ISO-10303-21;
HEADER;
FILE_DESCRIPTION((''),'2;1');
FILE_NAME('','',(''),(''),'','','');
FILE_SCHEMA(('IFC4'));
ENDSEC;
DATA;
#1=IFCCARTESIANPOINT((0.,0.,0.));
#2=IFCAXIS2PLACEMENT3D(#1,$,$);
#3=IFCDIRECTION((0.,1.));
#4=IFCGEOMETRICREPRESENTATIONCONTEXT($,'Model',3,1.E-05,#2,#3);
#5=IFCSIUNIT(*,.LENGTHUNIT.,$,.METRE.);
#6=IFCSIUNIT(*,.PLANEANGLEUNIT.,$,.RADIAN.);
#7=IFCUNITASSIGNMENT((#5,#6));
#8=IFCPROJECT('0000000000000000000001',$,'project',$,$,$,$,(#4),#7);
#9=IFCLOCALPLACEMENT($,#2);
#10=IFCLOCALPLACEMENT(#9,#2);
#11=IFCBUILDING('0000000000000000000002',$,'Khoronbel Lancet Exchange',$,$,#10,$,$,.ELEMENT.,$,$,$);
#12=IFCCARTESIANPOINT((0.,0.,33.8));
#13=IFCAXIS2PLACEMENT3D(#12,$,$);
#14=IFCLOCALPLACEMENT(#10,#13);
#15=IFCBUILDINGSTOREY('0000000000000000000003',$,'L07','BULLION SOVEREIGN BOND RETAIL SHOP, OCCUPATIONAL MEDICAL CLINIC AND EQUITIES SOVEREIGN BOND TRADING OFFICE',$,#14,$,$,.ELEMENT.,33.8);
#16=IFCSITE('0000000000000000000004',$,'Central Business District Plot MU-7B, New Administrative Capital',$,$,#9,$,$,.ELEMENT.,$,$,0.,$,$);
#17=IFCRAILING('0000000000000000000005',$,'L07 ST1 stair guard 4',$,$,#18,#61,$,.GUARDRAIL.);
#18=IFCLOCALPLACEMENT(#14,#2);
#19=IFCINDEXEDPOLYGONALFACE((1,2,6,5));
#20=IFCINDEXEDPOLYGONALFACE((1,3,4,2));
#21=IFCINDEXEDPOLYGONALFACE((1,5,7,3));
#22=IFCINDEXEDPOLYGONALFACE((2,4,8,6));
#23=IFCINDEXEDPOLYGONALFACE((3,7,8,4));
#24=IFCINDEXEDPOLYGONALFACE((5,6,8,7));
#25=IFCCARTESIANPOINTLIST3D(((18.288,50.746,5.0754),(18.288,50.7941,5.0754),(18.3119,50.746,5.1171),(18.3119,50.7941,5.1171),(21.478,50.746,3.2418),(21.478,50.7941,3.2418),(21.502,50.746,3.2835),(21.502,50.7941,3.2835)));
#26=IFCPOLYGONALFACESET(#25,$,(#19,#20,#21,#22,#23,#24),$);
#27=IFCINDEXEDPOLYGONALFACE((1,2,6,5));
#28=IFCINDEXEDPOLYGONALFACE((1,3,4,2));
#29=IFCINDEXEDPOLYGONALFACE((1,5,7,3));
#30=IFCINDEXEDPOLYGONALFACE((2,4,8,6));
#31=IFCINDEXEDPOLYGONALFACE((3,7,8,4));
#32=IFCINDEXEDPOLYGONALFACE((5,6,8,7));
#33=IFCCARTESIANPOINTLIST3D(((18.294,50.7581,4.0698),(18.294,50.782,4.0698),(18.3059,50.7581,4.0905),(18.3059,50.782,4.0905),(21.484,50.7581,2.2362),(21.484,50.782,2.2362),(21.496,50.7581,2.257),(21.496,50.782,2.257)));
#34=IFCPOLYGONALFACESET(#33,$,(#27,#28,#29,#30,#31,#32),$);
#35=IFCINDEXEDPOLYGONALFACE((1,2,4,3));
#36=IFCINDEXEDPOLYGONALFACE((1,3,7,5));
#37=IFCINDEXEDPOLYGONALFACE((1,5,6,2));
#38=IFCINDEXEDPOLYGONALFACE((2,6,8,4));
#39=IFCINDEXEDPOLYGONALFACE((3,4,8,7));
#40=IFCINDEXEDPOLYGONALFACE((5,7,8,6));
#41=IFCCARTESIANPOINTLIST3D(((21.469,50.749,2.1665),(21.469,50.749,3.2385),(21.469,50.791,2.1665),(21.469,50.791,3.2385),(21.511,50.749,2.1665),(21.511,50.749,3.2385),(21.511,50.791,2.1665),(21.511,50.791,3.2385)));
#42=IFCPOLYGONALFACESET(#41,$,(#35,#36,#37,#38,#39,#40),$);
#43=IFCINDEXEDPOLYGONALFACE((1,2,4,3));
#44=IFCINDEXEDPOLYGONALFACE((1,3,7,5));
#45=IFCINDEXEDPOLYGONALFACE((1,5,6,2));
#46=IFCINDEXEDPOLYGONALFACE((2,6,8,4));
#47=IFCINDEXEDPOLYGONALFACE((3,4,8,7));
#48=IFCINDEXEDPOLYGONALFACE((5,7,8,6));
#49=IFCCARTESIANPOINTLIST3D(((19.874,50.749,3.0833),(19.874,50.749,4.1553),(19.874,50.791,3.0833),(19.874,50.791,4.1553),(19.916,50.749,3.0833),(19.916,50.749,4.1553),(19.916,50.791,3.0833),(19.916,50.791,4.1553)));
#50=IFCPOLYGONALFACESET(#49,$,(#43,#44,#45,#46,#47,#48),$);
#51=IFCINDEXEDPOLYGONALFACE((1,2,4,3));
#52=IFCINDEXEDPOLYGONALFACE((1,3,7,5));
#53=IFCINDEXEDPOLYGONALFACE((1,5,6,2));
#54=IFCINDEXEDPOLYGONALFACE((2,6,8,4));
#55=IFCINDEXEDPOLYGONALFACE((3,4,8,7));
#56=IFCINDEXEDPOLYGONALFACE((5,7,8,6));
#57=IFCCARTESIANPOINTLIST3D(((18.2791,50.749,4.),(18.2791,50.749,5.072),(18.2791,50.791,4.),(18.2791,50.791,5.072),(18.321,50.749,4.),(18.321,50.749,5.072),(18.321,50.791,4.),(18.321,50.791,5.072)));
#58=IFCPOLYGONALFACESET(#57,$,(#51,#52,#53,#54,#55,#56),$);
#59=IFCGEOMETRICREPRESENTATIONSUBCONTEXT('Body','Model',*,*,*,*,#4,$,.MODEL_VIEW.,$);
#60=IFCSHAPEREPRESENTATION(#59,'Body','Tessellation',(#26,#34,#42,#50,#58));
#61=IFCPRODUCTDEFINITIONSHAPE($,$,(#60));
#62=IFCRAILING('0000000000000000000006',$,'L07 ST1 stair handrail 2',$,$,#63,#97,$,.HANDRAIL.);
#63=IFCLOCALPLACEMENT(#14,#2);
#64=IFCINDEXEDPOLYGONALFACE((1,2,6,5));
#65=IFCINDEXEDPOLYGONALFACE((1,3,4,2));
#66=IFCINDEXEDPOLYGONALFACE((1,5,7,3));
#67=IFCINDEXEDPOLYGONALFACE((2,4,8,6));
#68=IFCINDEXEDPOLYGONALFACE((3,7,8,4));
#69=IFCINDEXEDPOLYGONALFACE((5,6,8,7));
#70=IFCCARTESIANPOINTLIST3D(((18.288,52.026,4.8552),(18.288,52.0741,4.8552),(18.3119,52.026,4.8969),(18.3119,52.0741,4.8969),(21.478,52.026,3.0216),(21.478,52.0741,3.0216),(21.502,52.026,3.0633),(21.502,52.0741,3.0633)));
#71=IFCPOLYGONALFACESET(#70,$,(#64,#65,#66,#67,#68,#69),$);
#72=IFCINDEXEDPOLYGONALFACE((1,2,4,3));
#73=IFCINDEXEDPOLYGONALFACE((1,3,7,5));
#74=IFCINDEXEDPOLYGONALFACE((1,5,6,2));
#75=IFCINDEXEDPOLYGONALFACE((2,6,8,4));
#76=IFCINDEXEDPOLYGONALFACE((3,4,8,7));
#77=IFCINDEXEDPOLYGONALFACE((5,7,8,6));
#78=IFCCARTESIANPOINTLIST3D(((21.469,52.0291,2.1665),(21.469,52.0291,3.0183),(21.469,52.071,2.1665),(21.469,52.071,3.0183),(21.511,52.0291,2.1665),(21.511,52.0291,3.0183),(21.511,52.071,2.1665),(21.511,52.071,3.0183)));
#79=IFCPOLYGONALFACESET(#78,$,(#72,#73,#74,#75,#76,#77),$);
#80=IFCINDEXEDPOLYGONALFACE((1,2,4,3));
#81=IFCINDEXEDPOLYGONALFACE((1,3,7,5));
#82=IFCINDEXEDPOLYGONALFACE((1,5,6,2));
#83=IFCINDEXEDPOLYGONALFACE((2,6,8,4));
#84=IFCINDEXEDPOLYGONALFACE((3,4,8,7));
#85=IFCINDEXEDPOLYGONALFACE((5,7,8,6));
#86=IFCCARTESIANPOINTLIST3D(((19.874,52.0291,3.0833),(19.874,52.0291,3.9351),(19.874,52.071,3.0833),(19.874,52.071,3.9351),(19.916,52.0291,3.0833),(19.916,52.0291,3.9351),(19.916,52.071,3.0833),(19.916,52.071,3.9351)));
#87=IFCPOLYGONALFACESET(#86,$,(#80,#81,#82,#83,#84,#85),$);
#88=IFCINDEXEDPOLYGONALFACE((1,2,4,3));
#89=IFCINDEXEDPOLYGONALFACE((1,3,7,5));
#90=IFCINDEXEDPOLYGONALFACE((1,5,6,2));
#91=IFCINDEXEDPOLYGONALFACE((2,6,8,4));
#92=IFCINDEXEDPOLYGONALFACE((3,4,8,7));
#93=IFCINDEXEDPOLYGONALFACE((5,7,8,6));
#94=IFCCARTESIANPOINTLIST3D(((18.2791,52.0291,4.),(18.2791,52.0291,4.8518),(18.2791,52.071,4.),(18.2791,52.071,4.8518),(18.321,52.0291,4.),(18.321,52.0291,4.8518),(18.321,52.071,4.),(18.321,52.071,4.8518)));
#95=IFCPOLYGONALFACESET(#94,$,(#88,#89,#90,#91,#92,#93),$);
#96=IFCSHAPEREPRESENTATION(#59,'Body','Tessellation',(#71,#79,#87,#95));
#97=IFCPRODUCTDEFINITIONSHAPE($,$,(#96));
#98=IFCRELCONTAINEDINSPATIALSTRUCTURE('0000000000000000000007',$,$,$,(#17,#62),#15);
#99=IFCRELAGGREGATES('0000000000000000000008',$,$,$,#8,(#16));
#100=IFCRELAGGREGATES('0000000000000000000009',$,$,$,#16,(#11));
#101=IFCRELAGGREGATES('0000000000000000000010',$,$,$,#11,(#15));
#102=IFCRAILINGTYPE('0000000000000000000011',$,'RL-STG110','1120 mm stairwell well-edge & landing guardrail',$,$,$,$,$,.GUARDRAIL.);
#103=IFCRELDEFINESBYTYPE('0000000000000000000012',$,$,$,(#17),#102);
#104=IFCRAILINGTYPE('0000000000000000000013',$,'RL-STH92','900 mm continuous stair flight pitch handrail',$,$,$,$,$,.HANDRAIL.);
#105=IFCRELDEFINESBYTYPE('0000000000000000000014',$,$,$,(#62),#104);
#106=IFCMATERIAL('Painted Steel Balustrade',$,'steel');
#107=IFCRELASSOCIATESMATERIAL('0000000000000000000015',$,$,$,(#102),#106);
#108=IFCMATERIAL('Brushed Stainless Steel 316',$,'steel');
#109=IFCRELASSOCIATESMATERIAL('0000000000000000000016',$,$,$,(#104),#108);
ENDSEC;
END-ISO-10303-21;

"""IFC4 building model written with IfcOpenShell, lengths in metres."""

from ifc_helpers import new_model, si_unit, direction, frame, origin, origin_2d, place, context, subcontext, project, spatial, rectangle, extrude, material, type_object, element, save


model = new_model("IFC4")

# Units and contexts
model_context = context("Model", 3, precision=1e-05, world=origin(), true_north=direction((0.0, 1.0)))
body_context = subcontext(model_context, "Body", "Model", "MODEL_VIEW")
ifc_project = project(units=[si_unit("LENGTHUNIT", "METRE"), si_unit("PLANEANGLEUNIT", "RADIAN")], contexts=[model_context])

# Site, building, storey
site_placement = place(None, origin())
site = spatial("IfcSite", under=ifc_project, at=site_placement, Name="Central Business District Plot MU-7B, New Administrative Capital", CompositionType="ELEMENT", RefElevation=0.0)
building_placement = place(site_placement, origin())
building = spatial("IfcBuilding", under=site, at=building_placement, Name="Khoronbel Lancet Exchange", CompositionType="ELEMENT")
storey_placement = place(building_placement, frame((0.0, 0.0, 33.8)))
storey = spatial("IfcBuildingStorey", under=building, at=storey_placement, Name="L07", Description="BULLION SOVEREIGN BOND RETAIL SHOP, OCCUPATIONAL MEDICAL CLINIC AND EQUITIES SOVEREIGN BOND TRADING OFFICE", CompositionType="ELEMENT", Elevation=33.8)

# Railings
ifc_material_1 = material(Name="Painted Steel Balustrade", Category="steel")
railing_type_1 = type_object("IfcRailingType", Name="RL-STG110", Description="1120 mm stairwell well-edge & landing guardrail", PredefinedType="GUARDRAIL", material=ifc_material_1)
railing_1_placement = place(storey_placement, frame((21.49, 50.77, 2.1665)))
element("IfcRailing", 1, at=railing_1_placement, inside=storey, type_object=railing_type_1, Name="L07 ST1 stair guard 4", PredefinedType="GUARDRAIL", context=body_context, shape_type="SweptSolid", body=[
    extrude(rectangle(XDim=0.0481, YDim=0.0481, at=origin_2d()), frame((0.0, 0.0, 1.0962), z_axis=(-0.866991, 0.0, 0.498324), x_axis=(0.0, -1.0, 0.0)), (0.0, 0.0, 1.0), 3.6794),
    extrude(rectangle(XDim=0.0239, YDim=0.0239, at=origin_2d()), frame((0.0, 0.0, 0.0801), z_axis=(-0.866991, 0.0, 0.498324), x_axis=(0.0, -1.0, 0.0)), (0.0, 0.0, 1.0), 3.6794),
    extrude(rectangle(XDim=0.042, YDim=0.042, at=origin_2d()), origin(), (0.0, 0.0, 1.0), 1.072),
    extrude(rectangle(XDim=0.042, YDim=0.042, at=origin_2d()), frame((-1.595, 0.0, 0.9167)), (0.0, 0.0, 1.0), 1.072),
    extrude(rectangle(XDim=0.042, YDim=0.042, at=origin_2d()), frame((-3.1899, 0.0, 1.8335)), (0.0, 0.0, 1.0), 1.072),
])
ifc_material_2 = material(Name="Brushed Stainless Steel 316", Category="steel")
railing_type_2 = type_object("IfcRailingType", Name="RL-STH92", Description="900 mm continuous stair flight pitch handrail", PredefinedType="HANDRAIL", material=ifc_material_2)
railing_2_placement = place(storey_placement, frame((21.49, 52.05, 2.1665)))
element("IfcRailing", 2, at=railing_2_placement, inside=storey, type_object=railing_type_2, Name="L07 ST1 stair handrail 2", PredefinedType="HANDRAIL", context=body_context, shape_type="SweptSolid", body=[
    extrude(rectangle(XDim=0.0481, YDim=0.0481, at=origin_2d()), frame((0.0, 0.0, 0.876), z_axis=(-0.866991, 0.0, 0.498324), x_axis=(0.0, -1.0, 0.0)), (0.0, 0.0, 1.0), 3.6794),
    extrude(rectangle(XDim=0.042, YDim=0.042, at=origin_2d()), origin(), (0.0, 0.0, 1.0), 0.8518),
    extrude(rectangle(XDim=0.042, YDim=0.042, at=origin_2d()), frame((-1.595, 0.0, 0.9167)), (0.0, 0.0, 1.0), 0.8518),
    extrude(rectangle(XDim=0.042, YDim=0.042, at=origin_2d()), frame((-3.1899, 0.0, 1.8335)), (0.0, 0.0, 1.0), 0.8518),
])

save(model, "model.ifc")
